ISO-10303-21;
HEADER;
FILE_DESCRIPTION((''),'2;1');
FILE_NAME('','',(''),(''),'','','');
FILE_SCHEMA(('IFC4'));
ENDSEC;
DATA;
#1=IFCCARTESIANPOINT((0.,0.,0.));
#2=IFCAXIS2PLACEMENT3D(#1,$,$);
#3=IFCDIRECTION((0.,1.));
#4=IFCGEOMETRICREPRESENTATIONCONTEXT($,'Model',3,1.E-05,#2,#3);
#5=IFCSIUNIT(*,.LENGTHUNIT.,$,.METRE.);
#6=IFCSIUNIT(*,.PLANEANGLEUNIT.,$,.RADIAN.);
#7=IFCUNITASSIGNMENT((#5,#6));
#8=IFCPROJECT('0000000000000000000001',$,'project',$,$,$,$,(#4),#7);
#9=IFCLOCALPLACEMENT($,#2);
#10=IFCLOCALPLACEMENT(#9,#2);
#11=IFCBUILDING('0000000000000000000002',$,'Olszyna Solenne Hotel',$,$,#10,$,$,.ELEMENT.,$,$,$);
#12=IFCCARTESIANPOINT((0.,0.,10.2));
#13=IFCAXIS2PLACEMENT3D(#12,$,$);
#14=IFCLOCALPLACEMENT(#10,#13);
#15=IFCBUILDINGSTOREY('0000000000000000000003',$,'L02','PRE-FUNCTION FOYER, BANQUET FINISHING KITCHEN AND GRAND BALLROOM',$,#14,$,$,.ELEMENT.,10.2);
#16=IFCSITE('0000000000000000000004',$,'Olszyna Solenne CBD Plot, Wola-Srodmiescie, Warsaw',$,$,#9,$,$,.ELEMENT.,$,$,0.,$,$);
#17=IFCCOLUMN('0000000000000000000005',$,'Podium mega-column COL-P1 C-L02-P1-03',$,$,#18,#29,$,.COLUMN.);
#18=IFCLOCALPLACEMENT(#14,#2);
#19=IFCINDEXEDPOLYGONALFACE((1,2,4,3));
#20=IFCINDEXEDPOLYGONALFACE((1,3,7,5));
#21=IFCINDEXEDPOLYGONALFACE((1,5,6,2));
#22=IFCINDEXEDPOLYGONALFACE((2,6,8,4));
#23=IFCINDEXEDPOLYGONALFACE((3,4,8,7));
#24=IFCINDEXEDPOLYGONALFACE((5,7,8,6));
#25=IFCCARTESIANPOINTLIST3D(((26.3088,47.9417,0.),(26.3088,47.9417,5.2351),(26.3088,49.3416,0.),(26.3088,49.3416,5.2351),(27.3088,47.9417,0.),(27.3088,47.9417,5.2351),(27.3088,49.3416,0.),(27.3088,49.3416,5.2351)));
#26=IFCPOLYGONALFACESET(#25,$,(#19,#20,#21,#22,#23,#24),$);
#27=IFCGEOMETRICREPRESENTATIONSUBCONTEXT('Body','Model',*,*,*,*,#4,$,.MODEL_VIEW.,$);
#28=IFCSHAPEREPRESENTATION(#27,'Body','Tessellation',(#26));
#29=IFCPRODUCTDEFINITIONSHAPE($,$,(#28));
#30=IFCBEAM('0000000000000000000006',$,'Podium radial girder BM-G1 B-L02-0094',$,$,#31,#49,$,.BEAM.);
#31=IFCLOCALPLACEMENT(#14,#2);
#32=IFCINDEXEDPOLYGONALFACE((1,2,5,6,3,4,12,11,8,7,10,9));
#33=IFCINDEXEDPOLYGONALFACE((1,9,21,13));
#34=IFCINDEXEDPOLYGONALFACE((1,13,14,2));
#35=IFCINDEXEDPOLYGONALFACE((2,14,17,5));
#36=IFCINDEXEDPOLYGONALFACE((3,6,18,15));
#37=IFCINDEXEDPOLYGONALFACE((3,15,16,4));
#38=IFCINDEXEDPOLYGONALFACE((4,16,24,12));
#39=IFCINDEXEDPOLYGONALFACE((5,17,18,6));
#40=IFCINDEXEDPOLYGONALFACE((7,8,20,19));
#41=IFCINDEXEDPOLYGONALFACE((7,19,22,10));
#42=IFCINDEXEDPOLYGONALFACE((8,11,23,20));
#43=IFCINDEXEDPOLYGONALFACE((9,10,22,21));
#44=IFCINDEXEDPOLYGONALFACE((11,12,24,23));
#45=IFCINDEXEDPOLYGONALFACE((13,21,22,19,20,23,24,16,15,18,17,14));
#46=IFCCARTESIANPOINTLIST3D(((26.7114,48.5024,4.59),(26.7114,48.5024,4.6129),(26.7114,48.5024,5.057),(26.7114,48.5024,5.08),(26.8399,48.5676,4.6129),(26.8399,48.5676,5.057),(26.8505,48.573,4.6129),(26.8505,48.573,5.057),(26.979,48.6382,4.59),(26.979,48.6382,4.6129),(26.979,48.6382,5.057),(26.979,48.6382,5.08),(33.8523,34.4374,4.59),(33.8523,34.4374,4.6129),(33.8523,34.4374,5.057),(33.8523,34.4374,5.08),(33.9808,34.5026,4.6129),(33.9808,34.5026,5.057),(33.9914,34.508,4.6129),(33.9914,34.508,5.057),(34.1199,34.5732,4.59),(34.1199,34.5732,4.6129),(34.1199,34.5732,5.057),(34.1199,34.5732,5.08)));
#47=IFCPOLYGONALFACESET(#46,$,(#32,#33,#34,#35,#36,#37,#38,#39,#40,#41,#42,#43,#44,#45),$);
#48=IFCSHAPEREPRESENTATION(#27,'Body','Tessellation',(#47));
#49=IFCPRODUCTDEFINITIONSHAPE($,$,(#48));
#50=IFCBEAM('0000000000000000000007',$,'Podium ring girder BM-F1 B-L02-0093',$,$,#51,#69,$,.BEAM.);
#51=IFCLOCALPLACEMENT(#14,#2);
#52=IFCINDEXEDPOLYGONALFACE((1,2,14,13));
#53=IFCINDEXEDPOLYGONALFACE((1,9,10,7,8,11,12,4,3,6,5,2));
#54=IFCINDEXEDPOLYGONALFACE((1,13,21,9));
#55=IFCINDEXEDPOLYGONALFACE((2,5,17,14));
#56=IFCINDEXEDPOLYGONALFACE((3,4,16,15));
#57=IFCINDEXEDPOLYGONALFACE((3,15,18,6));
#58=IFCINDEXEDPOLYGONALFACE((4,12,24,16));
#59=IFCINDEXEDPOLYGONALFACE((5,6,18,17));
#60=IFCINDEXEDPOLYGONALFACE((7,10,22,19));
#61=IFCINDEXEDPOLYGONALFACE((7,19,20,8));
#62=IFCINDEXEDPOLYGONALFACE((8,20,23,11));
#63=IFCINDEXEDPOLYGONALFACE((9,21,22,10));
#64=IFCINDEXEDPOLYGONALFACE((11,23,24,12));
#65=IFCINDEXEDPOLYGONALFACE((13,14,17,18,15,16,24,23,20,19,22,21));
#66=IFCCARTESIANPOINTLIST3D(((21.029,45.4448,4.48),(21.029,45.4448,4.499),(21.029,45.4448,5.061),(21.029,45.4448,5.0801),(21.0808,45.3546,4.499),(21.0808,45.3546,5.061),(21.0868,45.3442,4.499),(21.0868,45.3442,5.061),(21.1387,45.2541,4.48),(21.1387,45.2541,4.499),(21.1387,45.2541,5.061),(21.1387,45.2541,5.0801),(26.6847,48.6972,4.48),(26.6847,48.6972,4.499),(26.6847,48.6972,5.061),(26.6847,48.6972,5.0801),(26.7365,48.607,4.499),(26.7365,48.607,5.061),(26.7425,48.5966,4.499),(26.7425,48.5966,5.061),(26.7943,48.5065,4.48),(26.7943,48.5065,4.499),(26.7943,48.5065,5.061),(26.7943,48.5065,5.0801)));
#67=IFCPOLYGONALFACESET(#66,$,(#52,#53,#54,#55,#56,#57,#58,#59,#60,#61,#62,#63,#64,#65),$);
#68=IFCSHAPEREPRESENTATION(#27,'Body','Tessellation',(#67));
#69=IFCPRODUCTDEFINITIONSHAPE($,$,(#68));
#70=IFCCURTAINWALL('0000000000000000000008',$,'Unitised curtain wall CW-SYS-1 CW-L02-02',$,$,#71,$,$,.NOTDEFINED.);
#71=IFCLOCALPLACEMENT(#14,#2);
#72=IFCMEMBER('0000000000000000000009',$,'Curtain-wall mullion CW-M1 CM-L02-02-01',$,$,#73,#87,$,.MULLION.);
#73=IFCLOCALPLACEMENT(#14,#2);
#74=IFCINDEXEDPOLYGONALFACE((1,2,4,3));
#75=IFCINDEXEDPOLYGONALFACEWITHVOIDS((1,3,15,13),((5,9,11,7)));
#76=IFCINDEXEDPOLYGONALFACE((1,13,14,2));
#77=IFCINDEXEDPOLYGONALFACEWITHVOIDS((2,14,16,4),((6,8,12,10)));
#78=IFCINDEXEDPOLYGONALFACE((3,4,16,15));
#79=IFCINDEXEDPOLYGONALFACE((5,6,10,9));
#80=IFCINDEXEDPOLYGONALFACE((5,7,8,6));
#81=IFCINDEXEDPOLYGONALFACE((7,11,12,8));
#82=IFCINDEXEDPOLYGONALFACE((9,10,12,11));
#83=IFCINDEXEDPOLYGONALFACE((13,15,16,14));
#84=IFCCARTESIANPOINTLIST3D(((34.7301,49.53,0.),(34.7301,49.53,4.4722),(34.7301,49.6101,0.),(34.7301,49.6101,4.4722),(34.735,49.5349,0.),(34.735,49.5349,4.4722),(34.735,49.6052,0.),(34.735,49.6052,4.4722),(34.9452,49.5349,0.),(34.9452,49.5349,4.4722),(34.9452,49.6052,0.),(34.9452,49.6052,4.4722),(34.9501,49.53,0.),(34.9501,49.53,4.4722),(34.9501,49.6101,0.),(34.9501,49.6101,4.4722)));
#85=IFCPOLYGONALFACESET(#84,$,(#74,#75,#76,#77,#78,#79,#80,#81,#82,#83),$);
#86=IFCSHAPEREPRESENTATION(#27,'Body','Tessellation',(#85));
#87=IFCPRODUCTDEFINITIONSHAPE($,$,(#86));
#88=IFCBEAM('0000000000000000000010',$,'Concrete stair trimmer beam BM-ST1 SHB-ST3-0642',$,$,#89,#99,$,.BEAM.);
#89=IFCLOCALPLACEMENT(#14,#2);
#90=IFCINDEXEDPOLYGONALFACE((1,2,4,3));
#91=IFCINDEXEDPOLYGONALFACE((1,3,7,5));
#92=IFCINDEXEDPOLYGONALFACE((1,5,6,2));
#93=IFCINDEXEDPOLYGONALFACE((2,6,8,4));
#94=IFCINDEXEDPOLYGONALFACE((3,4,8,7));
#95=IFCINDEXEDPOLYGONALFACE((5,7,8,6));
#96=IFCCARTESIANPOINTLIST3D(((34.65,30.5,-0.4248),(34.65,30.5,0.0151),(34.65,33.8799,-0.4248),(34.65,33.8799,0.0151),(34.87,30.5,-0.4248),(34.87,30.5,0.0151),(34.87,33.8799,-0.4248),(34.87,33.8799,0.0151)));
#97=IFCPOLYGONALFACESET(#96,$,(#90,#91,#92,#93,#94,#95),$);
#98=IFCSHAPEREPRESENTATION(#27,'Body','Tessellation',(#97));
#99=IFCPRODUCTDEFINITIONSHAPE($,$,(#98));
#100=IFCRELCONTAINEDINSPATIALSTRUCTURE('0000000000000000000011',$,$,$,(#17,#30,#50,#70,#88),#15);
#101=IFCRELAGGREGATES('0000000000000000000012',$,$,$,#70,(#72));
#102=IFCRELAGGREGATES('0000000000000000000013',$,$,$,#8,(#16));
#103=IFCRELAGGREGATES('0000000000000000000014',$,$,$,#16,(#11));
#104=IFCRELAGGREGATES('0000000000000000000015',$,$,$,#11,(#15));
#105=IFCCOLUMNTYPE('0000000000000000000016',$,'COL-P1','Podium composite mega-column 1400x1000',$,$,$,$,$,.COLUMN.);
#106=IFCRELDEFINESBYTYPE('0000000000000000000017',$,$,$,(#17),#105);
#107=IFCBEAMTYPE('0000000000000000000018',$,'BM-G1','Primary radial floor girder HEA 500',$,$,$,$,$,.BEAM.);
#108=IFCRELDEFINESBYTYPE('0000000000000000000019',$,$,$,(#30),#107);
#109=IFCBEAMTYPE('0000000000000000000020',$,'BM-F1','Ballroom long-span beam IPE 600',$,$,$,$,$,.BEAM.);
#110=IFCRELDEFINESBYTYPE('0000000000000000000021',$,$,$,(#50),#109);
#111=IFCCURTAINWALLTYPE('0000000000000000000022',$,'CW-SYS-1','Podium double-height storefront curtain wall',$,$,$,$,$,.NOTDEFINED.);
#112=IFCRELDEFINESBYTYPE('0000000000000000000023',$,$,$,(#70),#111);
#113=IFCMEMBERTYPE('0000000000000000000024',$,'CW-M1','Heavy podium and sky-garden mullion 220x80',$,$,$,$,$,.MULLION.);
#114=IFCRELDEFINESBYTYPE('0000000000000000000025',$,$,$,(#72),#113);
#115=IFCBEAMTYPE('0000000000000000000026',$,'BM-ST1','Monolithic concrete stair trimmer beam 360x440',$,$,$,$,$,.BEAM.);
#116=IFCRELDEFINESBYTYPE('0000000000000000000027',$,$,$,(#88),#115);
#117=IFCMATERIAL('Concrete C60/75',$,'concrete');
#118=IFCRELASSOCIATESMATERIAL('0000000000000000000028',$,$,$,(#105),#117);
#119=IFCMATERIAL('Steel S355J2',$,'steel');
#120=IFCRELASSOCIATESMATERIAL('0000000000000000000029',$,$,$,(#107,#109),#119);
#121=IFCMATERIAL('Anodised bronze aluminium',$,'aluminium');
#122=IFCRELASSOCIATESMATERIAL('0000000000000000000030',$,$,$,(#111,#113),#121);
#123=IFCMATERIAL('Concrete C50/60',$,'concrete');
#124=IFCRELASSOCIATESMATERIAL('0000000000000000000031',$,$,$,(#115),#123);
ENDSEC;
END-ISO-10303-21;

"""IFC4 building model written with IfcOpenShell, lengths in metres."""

from ifc_helpers import new_model, si_unit, direction, frame, origin, origin_2d, place, context, subcontext, project, spatial, rectangle, hollow_rectangle, i_section, extrude, source, transform, mapped, material, material_profile, profile_set, type_object, element, aggregate, save


model = new_model("IFC4")

# Units and contexts
model_context = context("Model", 3, precision=1e-05, world=origin(), true_north=direction((0.0, 1.0)))
body_context = subcontext(model_context, "Body", "Model", "MODEL_VIEW")
ifc_project = project(units=[si_unit("LENGTHUNIT", "METRE"), si_unit("PLANEANGLEUNIT", "RADIAN")], contexts=[model_context])

# Site, building, storey
site_placement = place(None, origin())
site = spatial("IfcSite", under=ifc_project, at=site_placement, Name="Olszyna Solenne CBD Plot, Wola-Srodmiescie, Warsaw", CompositionType="ELEMENT", RefElevation=0.0)
building_placement = place(site_placement, origin())
building = spatial("IfcBuilding", under=site, at=building_placement, Name="Olszyna Solenne Hotel", CompositionType="ELEMENT")
storey_placement = place(building_placement, frame((0.0, 0.0, 10.2)))
storey = spatial("IfcBuildingStorey", under=building, at=storey_placement, Name="L02", Description="PRE-FUNCTION FOYER, BANQUET FINISHING KITCHEN AND GRAND BALLROOM", CompositionType="ELEMENT", Elevation=10.2)

# Column
ifc_material_1 = material(Name="Concrete C60/75", Category="concrete")
ifc_material_profile_1 = material_profile(ifc_material_1, rectangle(XDim=1.0, YDim=1.3999, at=origin_2d()), Name="RC 1400x1000", Category="load-bearing")
ifc_profile_set_1 = profile_set([ifc_material_profile_1], Name="Concrete C60/75")
column_type = type_object("IfcColumnType", Name="COL-P1", Description="Podium composite mega-column 1400x1000", PredefinedType="COLUMN", material=ifc_profile_set_1)
shared_shape_1 = source(origin(), body_context, "Body", "SweptSolid", [
    extrude(rectangle(XDim=1.0, YDim=1.3999, at=origin_2d()), origin(), (0.0, 0.0, 1.0), 5.2351),
])
column_placement = place(storey_placement, frame((26.8088, 48.6416, 0.0), z_axis=(0.0, 0.0, 1.0), x_axis=(1.0, 0.0, 0.0)))
element("IfcColumn", 1, at=column_placement, inside=storey, type_object=column_type, Name="Podium mega-column COL-P1 C-L02-P1-03", PredefinedType="COLUMN", context=body_context, shape_type="MappedRepresentation", body=[
    mapped(shared_shape_1, transform((0.0, 0.0, 0.0), x_axis=(1.0, 0.0, 0.0), y_axis=(0.0, 1.0, 0.0), z_axis=(0.0, 0.0, 1.0), scale=1.0)),
])

# Beams
ifc_material_2 = material(Name="Steel S355J2", Category="steel")
ifc_material_profile_2 = material_profile(ifc_material_2, i_section(OverallWidth=0.3, OverallDepth=0.49, WebThickness=0.012, FlangeThickness=0.0229, at=origin_2d()), Name="HEA 500", Category="load-bearing")
ifc_profile_set_2 = profile_set([ifc_material_profile_2], Name="Steel S355J2")
beam_type_1 = type_object("IfcBeamType", Name="BM-G1", Description="Primary radial floor girder HEA 500", PredefinedType="BEAM", material=ifc_profile_set_2)
shared_shape_2 = source(origin(), body_context, "Body", "SweptSolid", [
    extrude(i_section(OverallWidth=0.3, OverallDepth=0.49, WebThickness=0.012, FlangeThickness=0.0229, at=origin_2d()), origin(), (0.0, 0.0, 1.0), 15.7739),
])
beam_1_placement = place(storey_placement, frame((26.8452, 48.5703, 4.835), z_axis=(0.452703, -0.891661, 0.0), x_axis=(0.891661, 0.452703, 0.0)))
element("IfcBeam", 2, at=beam_1_placement, inside=storey, type_object=beam_type_1, Name="Podium radial girder BM-G1 B-L02-0094", PredefinedType="BEAM", context=body_context, shape_type="MappedRepresentation", body=[
    mapped(shared_shape_2, transform((0.0, 0.0, 0.0), x_axis=(1.0, 0.0, 0.0), y_axis=(0.0, 1.0, 0.0), z_axis=(0.0, 0.0, 1.0), scale=1.0)),
])
ifc_material_profile_3 = material_profile(ifc_material_2, i_section(OverallWidth=0.22, OverallDepth=0.6001, WebThickness=0.012, FlangeThickness=0.019, at=origin_2d()), Name="IPE 600", Category="load-bearing")
ifc_profile_set_3 = profile_set([ifc_material_profile_3], Name="Steel S355J2")
beam_type_2 = type_object("IfcBeamType", Name="BM-F1", Description="Ballroom long-span beam IPE 600", PredefinedType="BEAM", material=ifc_profile_set_3)
shared_shape_3 = source(origin(), body_context, "Body", "SweptSolid", [
    extrude(i_section(OverallWidth=0.22, OverallDepth=0.6001, WebThickness=0.012, FlangeThickness=0.019, at=origin_2d()), origin(), (0.0, 0.0, 1.0), 6.5242),
])
beam_2_placement = place(storey_placement, frame((26.7395, 48.6018, 4.78), z_axis=(-0.866881, -0.498515, 0.0), x_axis=(0.498515, -0.866881, 0.0)))
element("IfcBeam", 3, at=beam_2_placement, inside=storey, type_object=beam_type_2, Name="Podium ring girder BM-F1 B-L02-0093", PredefinedType="BEAM", context=body_context, shape_type="MappedRepresentation", body=[
    mapped(shared_shape_3, transform((0.0, 0.0, 0.0), x_axis=(1.0, 0.0, 0.0), y_axis=(0.0, 1.0, 0.0), z_axis=(0.0, 0.0, 1.0), scale=1.0)),
])

# Curtain wall, member
ifc_material_3 = material(Name="Anodised bronze aluminium", Category="aluminium")
curtain_wall_type = type_object("IfcCurtainWallType", Name="CW-SYS-1", Description="Podium double-height storefront curtain wall", PredefinedType="NOTDEFINED", material=ifc_material_3)
curtain_wall_placement = place(storey_placement, origin())
curtain_wall = element("IfcCurtainWall", 4, at=curtain_wall_placement, inside=storey, type_object=curtain_wall_type, Name="Unitised curtain wall CW-SYS-1 CW-L02-02", PredefinedType="NOTDEFINED")
ifc_material_profile_4 = material_profile(ifc_material_3, hollow_rectangle(XDim=0.0801, YDim=0.22, WallThickness=0.0049, at=origin_2d()), Name="MULL 220x80x5", Category="load-bearing")
ifc_profile_set_4 = profile_set([ifc_material_profile_4], Name="Anodised bronze aluminium")
member_type = type_object("IfcMemberType", Name="CW-M1", Description="Heavy podium and sky-garden mullion 220x80", PredefinedType="MULLION", material=ifc_profile_set_4)
shared_shape_4 = source(origin(), body_context, "Body", "SweptSolid", [
    extrude(hollow_rectangle(XDim=0.0801, YDim=0.22, WallThickness=0.0049, at=origin_2d()), origin(), (0.0, 0.0, 1.0), 4.4722),
])
member_placement = place(storey_placement, frame((34.8401, 49.5701, 0.0), z_axis=(0.0, 0.0, 1.0), x_axis=(0.0, 1.0, 0.0)))
member = element("IfcMember", 5, at=member_placement, type_object=member_type, Name="Curtain-wall mullion CW-M1 CM-L02-02-01", PredefinedType="MULLION", context=body_context, shape_type="MappedRepresentation", body=[
    mapped(shared_shape_4, transform((0.0, 0.0, 0.0), x_axis=(1.0, 0.0, 0.0), y_axis=(0.0, 1.0, 0.0), z_axis=(0.0, 0.0, 1.0), scale=1.0)),
])
aggregate(curtain_wall, [member])

# Beam
ifc_material_4 = material(Name="Concrete C50/60", Category="concrete")
ifc_material_profile_5 = material_profile(ifc_material_4, rectangle(XDim=0.22, YDim=0.4399, at=origin_2d()), Name="RC 220x440", Category="load-bearing")
ifc_profile_set_5 = profile_set([ifc_material_profile_5], Name="Concrete C50/60")
beam_type_3 = type_object("IfcBeamType", Name="BM-ST1", Description="Monolithic concrete stair trimmer beam 360x440", PredefinedType="BEAM", material=ifc_profile_set_5)
shared_shape_5 = source(origin(), body_context, "Body", "SweptSolid", [
    extrude(rectangle(XDim=0.22, YDim=0.4399, at=origin_2d()), origin(), (0.0, 0.0, 1.0), 3.3799),
])
beam_3_placement = place(storey_placement, frame((34.76, 30.5, -0.2048), z_axis=(0.0, 1.0, 0.0), x_axis=(-1.0, 0.0, 0.0)))
element("IfcBeam", 6, at=beam_3_placement, inside=storey, type_object=beam_type_3, Name="Concrete stair trimmer beam BM-ST1 SHB-ST3-0642", PredefinedType="BEAM", context=body_context, shape_type="MappedRepresentation", body=[
    mapped(shared_shape_5, transform((0.0, 0.0, 0.0), x_axis=(1.0, 0.0, 0.0), y_axis=(0.0, 1.0, 0.0), z_axis=(0.0, 0.0, 1.0), scale=1.0)),
])

save(model, "model.ifc")
